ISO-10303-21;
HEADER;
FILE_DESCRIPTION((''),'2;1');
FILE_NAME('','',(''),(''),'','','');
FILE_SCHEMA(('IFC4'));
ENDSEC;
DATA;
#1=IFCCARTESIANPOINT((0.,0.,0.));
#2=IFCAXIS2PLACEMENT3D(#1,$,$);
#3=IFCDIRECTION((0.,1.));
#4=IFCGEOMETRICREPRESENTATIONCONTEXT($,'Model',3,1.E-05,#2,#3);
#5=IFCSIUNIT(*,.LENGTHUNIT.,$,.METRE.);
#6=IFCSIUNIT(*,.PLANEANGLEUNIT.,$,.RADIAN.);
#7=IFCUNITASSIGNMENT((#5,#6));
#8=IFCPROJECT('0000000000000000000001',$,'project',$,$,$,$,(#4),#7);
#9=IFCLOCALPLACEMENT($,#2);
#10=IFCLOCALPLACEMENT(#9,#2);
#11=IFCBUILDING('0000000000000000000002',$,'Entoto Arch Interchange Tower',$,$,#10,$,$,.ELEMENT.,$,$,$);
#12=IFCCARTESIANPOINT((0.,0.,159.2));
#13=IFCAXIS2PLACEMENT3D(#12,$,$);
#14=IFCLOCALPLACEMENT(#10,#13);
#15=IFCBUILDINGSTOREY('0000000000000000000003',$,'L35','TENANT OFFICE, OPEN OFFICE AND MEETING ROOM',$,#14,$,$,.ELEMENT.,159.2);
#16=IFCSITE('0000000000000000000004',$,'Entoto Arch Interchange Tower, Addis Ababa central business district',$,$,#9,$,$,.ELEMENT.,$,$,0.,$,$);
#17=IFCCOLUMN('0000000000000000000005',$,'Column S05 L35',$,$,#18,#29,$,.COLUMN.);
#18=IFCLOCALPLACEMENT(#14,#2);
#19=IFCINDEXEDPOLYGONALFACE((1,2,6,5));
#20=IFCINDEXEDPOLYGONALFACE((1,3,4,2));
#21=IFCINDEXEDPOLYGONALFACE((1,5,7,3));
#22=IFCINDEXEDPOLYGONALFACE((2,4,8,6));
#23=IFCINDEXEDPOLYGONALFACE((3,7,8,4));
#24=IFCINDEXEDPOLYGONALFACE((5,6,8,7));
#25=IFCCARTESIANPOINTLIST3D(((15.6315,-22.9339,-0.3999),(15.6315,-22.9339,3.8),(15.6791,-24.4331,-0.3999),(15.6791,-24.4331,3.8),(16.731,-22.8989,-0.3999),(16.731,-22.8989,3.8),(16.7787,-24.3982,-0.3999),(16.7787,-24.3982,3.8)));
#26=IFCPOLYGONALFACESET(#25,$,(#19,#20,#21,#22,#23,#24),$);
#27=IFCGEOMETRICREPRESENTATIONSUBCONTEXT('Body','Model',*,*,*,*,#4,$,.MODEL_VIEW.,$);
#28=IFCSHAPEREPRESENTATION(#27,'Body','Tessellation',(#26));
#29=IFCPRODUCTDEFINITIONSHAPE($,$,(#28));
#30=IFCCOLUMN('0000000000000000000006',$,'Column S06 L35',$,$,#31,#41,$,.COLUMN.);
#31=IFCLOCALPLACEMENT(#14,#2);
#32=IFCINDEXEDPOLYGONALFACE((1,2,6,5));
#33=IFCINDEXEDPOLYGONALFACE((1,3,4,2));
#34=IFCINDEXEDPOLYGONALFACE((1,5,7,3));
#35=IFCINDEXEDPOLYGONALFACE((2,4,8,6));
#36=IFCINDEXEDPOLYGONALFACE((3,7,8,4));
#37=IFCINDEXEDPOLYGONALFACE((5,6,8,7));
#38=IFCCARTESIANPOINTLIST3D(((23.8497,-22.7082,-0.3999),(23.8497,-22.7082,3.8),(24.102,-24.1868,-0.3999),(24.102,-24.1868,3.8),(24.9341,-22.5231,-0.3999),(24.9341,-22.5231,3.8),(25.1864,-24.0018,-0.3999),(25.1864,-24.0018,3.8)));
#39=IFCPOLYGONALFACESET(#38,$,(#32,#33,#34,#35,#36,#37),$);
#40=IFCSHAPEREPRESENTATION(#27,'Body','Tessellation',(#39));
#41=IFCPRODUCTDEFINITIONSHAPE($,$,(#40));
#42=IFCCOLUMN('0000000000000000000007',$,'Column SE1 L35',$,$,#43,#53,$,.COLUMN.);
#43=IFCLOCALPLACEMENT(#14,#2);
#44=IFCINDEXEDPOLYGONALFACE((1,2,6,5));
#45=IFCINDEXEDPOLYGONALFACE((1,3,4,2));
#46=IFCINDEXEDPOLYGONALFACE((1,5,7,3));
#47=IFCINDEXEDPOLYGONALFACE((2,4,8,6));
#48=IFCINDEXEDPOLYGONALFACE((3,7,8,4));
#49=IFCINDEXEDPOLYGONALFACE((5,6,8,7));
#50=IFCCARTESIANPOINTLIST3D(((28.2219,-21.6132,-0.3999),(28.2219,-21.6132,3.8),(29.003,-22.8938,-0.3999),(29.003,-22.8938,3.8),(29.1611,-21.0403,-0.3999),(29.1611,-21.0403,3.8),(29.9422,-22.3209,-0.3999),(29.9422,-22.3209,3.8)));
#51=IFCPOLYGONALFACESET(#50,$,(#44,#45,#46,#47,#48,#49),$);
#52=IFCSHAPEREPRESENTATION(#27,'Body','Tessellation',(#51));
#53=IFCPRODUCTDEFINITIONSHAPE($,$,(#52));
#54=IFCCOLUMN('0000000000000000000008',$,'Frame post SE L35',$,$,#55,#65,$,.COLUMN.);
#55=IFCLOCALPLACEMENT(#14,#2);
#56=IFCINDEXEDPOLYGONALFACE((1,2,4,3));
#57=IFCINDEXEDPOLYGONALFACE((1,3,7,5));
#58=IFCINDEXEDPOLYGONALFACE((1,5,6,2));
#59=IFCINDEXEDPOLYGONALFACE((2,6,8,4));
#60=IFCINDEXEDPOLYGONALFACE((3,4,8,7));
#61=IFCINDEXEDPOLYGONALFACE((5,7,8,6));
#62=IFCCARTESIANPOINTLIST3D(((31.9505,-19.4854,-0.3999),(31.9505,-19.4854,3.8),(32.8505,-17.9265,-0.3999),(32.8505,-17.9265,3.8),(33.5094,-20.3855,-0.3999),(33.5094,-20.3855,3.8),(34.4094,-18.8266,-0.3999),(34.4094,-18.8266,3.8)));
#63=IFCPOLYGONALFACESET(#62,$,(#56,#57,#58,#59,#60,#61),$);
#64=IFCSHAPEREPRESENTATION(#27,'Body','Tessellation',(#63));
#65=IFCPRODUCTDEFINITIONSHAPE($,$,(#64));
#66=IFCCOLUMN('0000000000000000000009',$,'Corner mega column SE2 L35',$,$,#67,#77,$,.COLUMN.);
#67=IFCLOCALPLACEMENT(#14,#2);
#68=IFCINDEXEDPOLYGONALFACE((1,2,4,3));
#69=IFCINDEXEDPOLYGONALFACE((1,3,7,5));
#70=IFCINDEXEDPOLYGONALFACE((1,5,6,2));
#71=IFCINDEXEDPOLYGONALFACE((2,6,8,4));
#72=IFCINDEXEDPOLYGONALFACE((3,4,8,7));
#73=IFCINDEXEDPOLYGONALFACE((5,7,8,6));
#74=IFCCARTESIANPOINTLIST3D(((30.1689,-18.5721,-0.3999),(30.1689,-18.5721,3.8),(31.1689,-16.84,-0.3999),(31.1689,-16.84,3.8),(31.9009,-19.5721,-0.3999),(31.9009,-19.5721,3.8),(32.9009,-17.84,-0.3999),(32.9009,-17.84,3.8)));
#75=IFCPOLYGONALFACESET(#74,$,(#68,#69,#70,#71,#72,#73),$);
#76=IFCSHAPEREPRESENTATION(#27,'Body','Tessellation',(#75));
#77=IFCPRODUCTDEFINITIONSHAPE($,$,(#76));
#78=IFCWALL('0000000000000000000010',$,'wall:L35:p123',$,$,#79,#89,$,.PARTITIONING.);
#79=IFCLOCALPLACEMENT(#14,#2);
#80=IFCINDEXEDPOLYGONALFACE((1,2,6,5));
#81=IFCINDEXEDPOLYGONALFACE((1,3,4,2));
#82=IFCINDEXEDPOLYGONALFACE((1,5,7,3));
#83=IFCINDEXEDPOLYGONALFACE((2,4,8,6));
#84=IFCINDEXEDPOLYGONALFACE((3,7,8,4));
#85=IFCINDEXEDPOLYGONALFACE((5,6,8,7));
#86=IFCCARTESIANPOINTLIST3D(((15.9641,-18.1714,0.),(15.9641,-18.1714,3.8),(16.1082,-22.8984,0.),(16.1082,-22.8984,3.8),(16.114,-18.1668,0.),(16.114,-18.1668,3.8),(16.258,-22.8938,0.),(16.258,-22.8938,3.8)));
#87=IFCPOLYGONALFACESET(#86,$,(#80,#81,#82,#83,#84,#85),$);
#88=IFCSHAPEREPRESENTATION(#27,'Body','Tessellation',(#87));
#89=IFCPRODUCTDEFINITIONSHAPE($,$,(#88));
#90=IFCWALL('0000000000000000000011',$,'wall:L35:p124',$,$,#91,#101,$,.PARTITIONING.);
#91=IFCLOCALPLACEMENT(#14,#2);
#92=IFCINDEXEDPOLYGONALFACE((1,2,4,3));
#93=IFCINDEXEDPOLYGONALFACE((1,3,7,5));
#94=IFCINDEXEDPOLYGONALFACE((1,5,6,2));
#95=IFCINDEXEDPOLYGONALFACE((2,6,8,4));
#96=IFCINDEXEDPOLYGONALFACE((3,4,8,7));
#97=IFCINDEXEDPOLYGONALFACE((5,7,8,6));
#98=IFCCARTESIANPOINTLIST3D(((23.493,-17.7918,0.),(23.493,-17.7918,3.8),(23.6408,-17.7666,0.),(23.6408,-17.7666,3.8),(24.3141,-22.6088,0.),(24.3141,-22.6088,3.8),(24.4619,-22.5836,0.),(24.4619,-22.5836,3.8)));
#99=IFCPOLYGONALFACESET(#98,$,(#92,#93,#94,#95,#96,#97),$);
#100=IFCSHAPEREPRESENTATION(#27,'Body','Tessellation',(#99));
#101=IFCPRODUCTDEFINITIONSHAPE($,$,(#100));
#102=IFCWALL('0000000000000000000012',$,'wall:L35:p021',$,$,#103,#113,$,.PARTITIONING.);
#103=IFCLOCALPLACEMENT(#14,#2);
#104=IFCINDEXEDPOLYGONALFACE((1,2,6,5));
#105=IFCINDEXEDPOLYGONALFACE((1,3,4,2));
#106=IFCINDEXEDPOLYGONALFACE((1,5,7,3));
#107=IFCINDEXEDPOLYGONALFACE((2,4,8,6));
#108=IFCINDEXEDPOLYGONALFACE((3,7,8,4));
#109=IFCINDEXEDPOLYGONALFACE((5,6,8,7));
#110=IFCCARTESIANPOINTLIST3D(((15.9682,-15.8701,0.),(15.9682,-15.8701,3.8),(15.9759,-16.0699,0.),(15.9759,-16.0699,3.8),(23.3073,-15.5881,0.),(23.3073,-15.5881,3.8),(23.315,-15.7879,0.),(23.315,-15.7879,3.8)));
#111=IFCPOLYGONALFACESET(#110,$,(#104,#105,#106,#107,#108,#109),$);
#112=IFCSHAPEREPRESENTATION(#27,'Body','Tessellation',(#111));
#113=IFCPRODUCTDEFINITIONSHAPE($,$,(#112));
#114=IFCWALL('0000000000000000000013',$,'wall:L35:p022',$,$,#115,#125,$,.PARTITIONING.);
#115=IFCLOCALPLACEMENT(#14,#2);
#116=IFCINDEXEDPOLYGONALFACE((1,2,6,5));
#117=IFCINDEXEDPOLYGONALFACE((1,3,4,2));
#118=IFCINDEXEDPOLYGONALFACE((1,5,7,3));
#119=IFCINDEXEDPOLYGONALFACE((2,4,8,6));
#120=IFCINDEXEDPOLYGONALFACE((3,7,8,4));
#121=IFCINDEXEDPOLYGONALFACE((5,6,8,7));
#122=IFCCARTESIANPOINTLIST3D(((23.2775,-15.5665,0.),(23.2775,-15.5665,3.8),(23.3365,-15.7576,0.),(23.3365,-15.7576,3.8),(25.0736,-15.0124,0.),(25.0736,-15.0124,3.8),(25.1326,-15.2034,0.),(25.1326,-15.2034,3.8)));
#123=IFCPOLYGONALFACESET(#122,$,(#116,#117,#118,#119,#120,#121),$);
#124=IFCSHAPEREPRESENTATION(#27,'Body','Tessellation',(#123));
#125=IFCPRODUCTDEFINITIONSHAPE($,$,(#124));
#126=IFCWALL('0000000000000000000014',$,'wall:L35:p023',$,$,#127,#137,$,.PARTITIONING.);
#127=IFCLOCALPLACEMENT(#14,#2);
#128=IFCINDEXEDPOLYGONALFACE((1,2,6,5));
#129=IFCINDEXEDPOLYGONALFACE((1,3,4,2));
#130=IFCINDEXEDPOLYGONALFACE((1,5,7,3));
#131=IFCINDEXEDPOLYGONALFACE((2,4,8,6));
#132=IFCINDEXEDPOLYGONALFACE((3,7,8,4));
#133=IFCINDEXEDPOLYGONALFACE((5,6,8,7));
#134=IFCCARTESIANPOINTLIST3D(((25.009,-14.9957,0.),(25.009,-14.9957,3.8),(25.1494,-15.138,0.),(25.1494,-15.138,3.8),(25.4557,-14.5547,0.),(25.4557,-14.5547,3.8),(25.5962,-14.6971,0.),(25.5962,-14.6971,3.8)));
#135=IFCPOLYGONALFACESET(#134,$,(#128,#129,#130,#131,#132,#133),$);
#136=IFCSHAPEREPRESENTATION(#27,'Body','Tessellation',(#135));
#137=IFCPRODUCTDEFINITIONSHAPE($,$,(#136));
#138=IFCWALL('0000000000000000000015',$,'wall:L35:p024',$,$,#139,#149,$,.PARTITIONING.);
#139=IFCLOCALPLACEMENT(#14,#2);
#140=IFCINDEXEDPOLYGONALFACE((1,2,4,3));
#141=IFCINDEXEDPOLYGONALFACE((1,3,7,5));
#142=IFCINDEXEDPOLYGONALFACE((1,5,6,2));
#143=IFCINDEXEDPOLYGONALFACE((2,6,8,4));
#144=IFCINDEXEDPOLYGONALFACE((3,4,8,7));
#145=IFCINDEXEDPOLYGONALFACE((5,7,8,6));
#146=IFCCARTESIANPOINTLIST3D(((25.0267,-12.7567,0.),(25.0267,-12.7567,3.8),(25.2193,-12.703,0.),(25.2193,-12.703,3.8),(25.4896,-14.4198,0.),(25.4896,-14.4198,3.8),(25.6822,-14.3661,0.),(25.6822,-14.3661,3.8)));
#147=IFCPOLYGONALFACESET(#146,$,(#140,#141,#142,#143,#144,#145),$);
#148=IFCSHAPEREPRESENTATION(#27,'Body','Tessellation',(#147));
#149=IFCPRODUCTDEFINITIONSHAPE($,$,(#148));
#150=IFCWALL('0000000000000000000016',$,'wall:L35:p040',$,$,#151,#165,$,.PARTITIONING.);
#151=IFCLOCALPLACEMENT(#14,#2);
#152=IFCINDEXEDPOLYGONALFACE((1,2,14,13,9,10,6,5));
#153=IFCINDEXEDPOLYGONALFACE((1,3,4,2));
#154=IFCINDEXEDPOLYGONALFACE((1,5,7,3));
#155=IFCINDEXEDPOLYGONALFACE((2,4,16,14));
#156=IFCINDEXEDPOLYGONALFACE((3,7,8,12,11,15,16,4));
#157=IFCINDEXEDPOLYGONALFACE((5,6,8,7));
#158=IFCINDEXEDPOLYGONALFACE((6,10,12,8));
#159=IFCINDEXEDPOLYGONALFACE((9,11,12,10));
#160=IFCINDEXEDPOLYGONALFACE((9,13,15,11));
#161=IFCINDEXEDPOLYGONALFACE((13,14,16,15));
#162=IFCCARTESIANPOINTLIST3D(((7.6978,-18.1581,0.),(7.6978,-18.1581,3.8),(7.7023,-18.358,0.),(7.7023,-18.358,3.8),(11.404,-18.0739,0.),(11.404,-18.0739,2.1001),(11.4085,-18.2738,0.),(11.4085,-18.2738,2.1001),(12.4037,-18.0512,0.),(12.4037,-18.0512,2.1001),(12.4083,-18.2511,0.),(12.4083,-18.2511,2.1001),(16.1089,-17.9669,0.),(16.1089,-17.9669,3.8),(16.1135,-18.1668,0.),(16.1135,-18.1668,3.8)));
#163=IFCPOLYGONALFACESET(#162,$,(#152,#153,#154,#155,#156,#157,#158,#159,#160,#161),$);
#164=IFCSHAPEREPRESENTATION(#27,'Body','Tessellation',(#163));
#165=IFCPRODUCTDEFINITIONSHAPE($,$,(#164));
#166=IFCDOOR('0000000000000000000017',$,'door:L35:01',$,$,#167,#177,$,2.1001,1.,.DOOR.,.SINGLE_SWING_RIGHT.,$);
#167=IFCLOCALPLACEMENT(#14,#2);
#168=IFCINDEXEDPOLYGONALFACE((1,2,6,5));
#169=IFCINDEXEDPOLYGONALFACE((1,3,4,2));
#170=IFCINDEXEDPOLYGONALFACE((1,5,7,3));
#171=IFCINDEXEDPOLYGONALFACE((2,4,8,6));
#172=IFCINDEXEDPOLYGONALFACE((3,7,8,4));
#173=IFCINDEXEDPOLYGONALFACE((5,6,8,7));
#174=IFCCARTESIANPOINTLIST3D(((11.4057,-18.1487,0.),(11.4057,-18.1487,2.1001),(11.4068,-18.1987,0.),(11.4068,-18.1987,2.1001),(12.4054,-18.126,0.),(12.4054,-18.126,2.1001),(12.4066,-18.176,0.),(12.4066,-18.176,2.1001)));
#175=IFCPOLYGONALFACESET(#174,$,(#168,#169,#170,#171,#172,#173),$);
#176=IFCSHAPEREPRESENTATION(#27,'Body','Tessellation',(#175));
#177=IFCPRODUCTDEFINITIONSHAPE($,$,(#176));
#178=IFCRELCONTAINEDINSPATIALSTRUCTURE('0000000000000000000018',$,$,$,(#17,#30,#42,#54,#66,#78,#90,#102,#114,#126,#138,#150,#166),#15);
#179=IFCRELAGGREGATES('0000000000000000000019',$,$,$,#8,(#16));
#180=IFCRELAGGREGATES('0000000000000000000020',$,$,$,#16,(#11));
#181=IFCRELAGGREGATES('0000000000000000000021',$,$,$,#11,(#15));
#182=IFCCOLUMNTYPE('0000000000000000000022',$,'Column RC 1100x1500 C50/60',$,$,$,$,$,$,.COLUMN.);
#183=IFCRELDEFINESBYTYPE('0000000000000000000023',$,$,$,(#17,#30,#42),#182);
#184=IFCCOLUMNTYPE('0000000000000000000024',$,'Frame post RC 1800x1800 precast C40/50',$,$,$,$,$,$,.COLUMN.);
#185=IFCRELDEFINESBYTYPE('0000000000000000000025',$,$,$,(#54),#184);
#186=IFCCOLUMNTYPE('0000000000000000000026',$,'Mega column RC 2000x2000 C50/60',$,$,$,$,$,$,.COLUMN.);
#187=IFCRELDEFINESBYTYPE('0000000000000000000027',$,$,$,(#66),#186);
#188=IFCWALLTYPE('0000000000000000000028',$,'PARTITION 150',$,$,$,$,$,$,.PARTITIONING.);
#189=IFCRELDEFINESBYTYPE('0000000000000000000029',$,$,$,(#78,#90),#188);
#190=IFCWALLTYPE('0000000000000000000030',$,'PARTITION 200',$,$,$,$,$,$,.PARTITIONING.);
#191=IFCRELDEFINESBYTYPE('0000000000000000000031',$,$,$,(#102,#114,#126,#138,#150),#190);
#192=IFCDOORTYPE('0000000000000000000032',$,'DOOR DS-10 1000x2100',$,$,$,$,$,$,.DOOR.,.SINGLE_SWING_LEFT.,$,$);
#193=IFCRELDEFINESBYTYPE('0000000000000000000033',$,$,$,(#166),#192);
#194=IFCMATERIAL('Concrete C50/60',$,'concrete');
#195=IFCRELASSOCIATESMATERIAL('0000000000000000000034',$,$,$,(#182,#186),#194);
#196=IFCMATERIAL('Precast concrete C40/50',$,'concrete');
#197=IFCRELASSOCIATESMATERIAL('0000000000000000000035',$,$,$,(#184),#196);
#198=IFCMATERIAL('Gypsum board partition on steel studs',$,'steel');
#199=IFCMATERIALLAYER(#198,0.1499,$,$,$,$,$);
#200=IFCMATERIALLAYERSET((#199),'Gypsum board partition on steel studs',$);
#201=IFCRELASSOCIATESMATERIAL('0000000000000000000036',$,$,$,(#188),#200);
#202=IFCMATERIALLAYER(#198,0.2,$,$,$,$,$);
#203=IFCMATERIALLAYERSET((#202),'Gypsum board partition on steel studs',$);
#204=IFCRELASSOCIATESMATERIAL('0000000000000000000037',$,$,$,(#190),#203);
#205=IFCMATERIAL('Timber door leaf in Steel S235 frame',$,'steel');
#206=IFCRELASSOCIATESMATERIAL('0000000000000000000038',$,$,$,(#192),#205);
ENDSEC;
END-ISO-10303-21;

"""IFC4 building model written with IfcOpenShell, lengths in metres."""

from ifc_helpers import new_model, si_unit, direction, frame, frame_2d, origin, origin_2d, place, context, subcontext, project, spatial, rectangle, extrude, material, layer, layer_set, material_profile, profile_set, type_object, element, fill, save


model = new_model("IFC4")

# Units and contexts
model_context = context("Model", 3, precision=1e-05, world=origin(), true_north=direction((0.0, 1.0)))
body_context = subcontext(model_context, "Body", "Model", "MODEL_VIEW")
ifc_project = project(units=[si_unit("LENGTHUNIT", "METRE"), si_unit("PLANEANGLEUNIT", "RADIAN")], contexts=[model_context])

# Site, building, storey
site_placement = place(None, origin())
site = spatial("IfcSite", under=ifc_project, at=site_placement, Name="Entoto Arch Interchange Tower, Addis Ababa central business district", CompositionType="ELEMENT", RefElevation=0.0)
building_placement = place(site_placement, origin())
building = spatial("IfcBuilding", under=site, at=building_placement, Name="Entoto Arch Interchange Tower", CompositionType="ELEMENT")
storey_placement = place(building_placement, frame((0.0, 0.0, 159.2)))
storey = spatial("IfcBuildingStorey", under=building, at=storey_placement, Name="L35", Description="TENANT OFFICE, OPEN OFFICE AND MEETING ROOM", CompositionType="ELEMENT", Elevation=159.2)

# Columns
ifc_material_1 = material(Name="Concrete C50/60", Category="concrete")
ifc_material_profile_1 = material_profile(ifc_material_1, rectangle(XDim=1.1001, YDim=1.5, at=origin_2d()))
ifc_profile_set_1 = profile_set([ifc_material_profile_1], Name="Concrete C50/60")
column_type_1 = type_object("IfcColumnType", Name="Column RC 1100x1500 C50/60", PredefinedType="COLUMN", material=ifc_profile_set_1)
for number, where, z_axis, x_axis, name in (
    (1, (16.2051, -23.666, -0.3999), (0.0, 0.0, 1.0), (0.999496, 0.031742, 0.0), "Column S05 L35"),
    (2, (24.5181, -23.355, -0.3999), (0.0, 0.0, 1.0), (0.985753, 0.168197, 0.0), "Column S06 L35"),
    (3, (29.082, -21.967, -0.3999), (0.0, 0.0, 1.0), (0.853714, 0.520741, 0.0), "Column SE1 L35"),
):
    element("IfcColumn", number, at=place(storey_placement, frame(where, z_axis=z_axis, x_axis=x_axis)), inside=storey, type_object=column_type_1, Name=name, PredefinedType="COLUMN", context=body_context, shape_type="SweptSolid", body=[
        extrude(rectangle(XDim=1.1001, YDim=1.5, at=origin_2d()), origin(), (0.0, 0.0, 1.0), 4.2),
    ])
ifc_material_2 = material(Name="Precast concrete C40/50", Category="concrete")
ifc_material_profile_2 = material_profile(ifc_material_2, rectangle(XDim=1.8, YDim=1.8, at=origin_2d()))
ifc_profile_set_2 = profile_set([ifc_material_profile_2], Name="Precast concrete C40/50")
column_type_2 = type_object("IfcColumnType", Name="Frame post RC 1800x1800 precast C40/50", PredefinedType="COLUMN", material=ifc_profile_set_2)
column_1_placement = place(storey_placement, frame((33.1799, -19.156, -0.3999), z_axis=(0.0, 0.0, 1.0), x_axis=(-0.866025, 0.5, 0.0)))
element("IfcColumn", 4, at=column_1_placement, inside=storey, type_object=column_type_2, Name="Frame post SE L35", PredefinedType="COLUMN", context=body_context, shape_type="SweptSolid", body=[
    extrude(rectangle(XDim=1.8, YDim=1.8, at=origin_2d()), origin(), (0.0, 0.0, 1.0), 4.2),
])
ifc_material_profile_3 = material_profile(ifc_material_1, rectangle(XDim=2.0, YDim=2.0, at=origin_2d()))
ifc_profile_set_3 = profile_set([ifc_material_profile_3], Name="Concrete C50/60")
column_type_3 = type_object("IfcColumnType", Name="Mega column RC 2000x2000 C50/60", PredefinedType="COLUMN", material=ifc_profile_set_3)
column_2_placement = place(storey_placement, frame((31.5349, -18.2061, -0.3999), z_axis=(0.0, 0.0, 1.0), x_axis=(-0.866025, 0.5, 0.0)))
element("IfcColumn", 5, at=column_2_placement, inside=storey, type_object=column_type_3, Name="Corner mega column SE2 L35", PredefinedType="COLUMN", context=body_context, shape_type="SweptSolid", body=[
    extrude(rectangle(XDim=2.0, YDim=2.0, at=origin_2d()), origin(), (0.0, 0.0, 1.0), 4.2),
])

# Walls
ifc_material_3 = material(Name="Gypsum board partition on steel studs", Category="steel")
ifc_layer_1 = layer(ifc_material_3, 0.1499)
ifc_layer_set_1 = layer_set([ifc_layer_1], Name="Gypsum board partition on steel studs")
wall_type_1 = type_object("IfcWallType", Name="PARTITION 150", PredefinedType="PARTITIONING", material=ifc_layer_set_1)
wall_1_placement = place(storey_placement, frame((16.0391, -18.1689, 0.0), z_axis=(0.0, 0.0, 1.0), x_axis=(0.030458, -0.999536, 0.0)))
element("IfcWall", 6, at=wall_1_placement, inside=storey, type_object=wall_type_1, Name="wall:L35:p123", PredefinedType="PARTITIONING", context=body_context, shape_type="SweptSolid", body=[
    extrude(rectangle(XDim=4.7292, YDim=0.1499, at=frame_2d((2.3647, 0.0))), origin(), (0.0, 0.0, 1.0), 3.8),
])
wall_2_placement = place(storey_placement, frame((23.5669, -17.7791, 0.0), z_axis=(0.0, 0.0, 1.0), x_axis=(0.168028, -0.985782, 0.0)))
element("IfcWall", 7, at=wall_2_placement, inside=storey, type_object=wall_type_1, Name="wall:L35:p124", PredefinedType="PARTITIONING", context=body_context, shape_type="SweptSolid", body=[
    extrude(rectangle(XDim=4.8865, YDim=0.1499, at=frame_2d((2.4434, 0.0))), origin(), (0.0, 0.0, 1.0), 3.8),
])
ifc_layer_2 = layer(ifc_material_3, 0.2)
ifc_layer_set_2 = layer_set([ifc_layer_2], Name="Gypsum board partition on steel studs")
wall_type_2 = type_object("IfcWallType", Name="PARTITION 200", PredefinedType="PARTITIONING", material=ifc_layer_set_2)
wall_3_placement = place(storey_placement, frame((15.9719, -15.97, 0.0), z_axis=(0.0, 0.0, 1.0), x_axis=(0.999263, 0.038394, 0.0)))
element("IfcWall", 8, at=wall_3_placement, inside=storey, type_object=wall_type_2, Name="wall:L35:p021", PredefinedType="PARTITIONING", context=body_context, shape_type="SweptSolid", body=[
    extrude(rectangle(XDim=7.3445, YDim=0.2, at=frame_2d((3.6724, 0.0))), origin(), (0.0, 0.0, 1.0), 3.8),
])
wall_4_placement = place(storey_placement, frame((23.3069, -15.6621, 0.0), z_axis=(0.0, 0.0, 1.0), x_axis=(0.955548, 0.294834, 0.0)))
element("IfcWall", 9, at=wall_4_placement, inside=storey, type_object=wall_type_2, Name="wall:L35:p022", PredefinedType="PARTITIONING", context=body_context, shape_type="SweptSolid", body=[
    extrude(rectangle(XDim=1.8796, YDim=0.2, at=frame_2d((0.9399, 0.0))), origin(), (0.0, 0.0, 1.0), 3.8),
])
wall_5_placement = place(storey_placement, frame((25.0791, -15.0669, 0.0), z_axis=(0.0, 0.0, 1.0), x_axis=(0.711759, 0.702424, 0.0)))
element("IfcWall", 10, at=wall_5_placement, inside=storey, type_object=wall_type_2, Name="wall:L35:p023", PredefinedType="PARTITIONING", context=body_context, shape_type="SweptSolid", body=[
    extrude(rectangle(XDim=0.6277, YDim=0.2, at=frame_2d((0.314, 0.0))), origin(), (0.0, 0.0, 1.0), 3.8),
])
wall_6_placement = place(storey_placement, frame((25.5859, -14.3931, 0.0), z_axis=(0.0, 0.0, 1.0), x_axis=(-0.26814, 0.96338, 0.0)))
element("IfcWall", 11, at=wall_6_placement, inside=storey, type_object=wall_type_2, Name="wall:L35:p024", PredefinedType="PARTITIONING", context=body_context, shape_type="SweptSolid", body=[
    extrude(rectangle(XDim=1.7263, YDim=0.2, at=frame_2d((0.8633, 0.0))), origin(), (0.0, 0.0, 1.0), 3.8),
])

# Wall, opening, door
wall_7_placement = place(storey_placement, frame((16.1111, -18.0669, 0.0), z_axis=(0.0, 0.0, 1.0), x_axis=(-0.999742, -0.022721, 0.0)))
wall_7 = element("IfcWall", 12, at=wall_7_placement, inside=storey, type_object=wall_type_2, Name="wall:L35:p040", PredefinedType="PARTITIONING", context=body_context, shape_type="SweptSolid", body=[
    extrude(rectangle(XDim=8.4133, YDim=0.2, at=frame_2d((4.2065, 0.0))), origin(), (0.0, 0.0, 1.0), 3.8),
])
opening_1_placement = place(wall_7_placement, frame((3.7061, 0.0, 0.0)))
opening_1 = element("IfcOpeningElement", 13, at=opening_1_placement, cuts=wall_7, PredefinedType="OPENING", context=body_context, shape_type="SweptSolid", body=[
    extrude(rectangle(XDim=1.0, YDim=2.1001, at=frame_2d((0.5, 1.05))), frame((0.0, 0.1099, 0.0), z_axis=(0.0, -1.0, 0.0), x_axis=(1.0, 0.0, 0.0)), (0.0, 0.0, 1.0), 0.22),
])
ifc_material_4 = material(Name="Timber door leaf in Steel S235 frame", Category="steel")
door_type = type_object("IfcDoorType", Name="DOOR DS-10 1000x2100", OperationType="SINGLE_SWING_LEFT", PredefinedType="DOOR", material=ifc_material_4)
door_1_placement = place(opening_1_placement, origin())
door_1 = element("IfcDoor", 14, at=door_1_placement, inside=storey, type_object=door_type, Name="door:L35:01", OperationType="SINGLE_SWING_RIGHT", OverallHeight=2.1001, OverallWidth=1.0, PredefinedType="DOOR", context=body_context, shape_type="SweptSolid", body=[
    extrude(rectangle(XDim=1.0, YDim=2.1001, at=frame_2d((0.5, 1.05))), frame((0.0, 0.0249, 0.0), z_axis=(0.0, -1.0, 0.0), x_axis=(1.0, 0.0, 0.0)), (0.0, 0.0, 1.0), 0.05),
])
fill(opening_1, door_1)

save(model, "model.ifc")
